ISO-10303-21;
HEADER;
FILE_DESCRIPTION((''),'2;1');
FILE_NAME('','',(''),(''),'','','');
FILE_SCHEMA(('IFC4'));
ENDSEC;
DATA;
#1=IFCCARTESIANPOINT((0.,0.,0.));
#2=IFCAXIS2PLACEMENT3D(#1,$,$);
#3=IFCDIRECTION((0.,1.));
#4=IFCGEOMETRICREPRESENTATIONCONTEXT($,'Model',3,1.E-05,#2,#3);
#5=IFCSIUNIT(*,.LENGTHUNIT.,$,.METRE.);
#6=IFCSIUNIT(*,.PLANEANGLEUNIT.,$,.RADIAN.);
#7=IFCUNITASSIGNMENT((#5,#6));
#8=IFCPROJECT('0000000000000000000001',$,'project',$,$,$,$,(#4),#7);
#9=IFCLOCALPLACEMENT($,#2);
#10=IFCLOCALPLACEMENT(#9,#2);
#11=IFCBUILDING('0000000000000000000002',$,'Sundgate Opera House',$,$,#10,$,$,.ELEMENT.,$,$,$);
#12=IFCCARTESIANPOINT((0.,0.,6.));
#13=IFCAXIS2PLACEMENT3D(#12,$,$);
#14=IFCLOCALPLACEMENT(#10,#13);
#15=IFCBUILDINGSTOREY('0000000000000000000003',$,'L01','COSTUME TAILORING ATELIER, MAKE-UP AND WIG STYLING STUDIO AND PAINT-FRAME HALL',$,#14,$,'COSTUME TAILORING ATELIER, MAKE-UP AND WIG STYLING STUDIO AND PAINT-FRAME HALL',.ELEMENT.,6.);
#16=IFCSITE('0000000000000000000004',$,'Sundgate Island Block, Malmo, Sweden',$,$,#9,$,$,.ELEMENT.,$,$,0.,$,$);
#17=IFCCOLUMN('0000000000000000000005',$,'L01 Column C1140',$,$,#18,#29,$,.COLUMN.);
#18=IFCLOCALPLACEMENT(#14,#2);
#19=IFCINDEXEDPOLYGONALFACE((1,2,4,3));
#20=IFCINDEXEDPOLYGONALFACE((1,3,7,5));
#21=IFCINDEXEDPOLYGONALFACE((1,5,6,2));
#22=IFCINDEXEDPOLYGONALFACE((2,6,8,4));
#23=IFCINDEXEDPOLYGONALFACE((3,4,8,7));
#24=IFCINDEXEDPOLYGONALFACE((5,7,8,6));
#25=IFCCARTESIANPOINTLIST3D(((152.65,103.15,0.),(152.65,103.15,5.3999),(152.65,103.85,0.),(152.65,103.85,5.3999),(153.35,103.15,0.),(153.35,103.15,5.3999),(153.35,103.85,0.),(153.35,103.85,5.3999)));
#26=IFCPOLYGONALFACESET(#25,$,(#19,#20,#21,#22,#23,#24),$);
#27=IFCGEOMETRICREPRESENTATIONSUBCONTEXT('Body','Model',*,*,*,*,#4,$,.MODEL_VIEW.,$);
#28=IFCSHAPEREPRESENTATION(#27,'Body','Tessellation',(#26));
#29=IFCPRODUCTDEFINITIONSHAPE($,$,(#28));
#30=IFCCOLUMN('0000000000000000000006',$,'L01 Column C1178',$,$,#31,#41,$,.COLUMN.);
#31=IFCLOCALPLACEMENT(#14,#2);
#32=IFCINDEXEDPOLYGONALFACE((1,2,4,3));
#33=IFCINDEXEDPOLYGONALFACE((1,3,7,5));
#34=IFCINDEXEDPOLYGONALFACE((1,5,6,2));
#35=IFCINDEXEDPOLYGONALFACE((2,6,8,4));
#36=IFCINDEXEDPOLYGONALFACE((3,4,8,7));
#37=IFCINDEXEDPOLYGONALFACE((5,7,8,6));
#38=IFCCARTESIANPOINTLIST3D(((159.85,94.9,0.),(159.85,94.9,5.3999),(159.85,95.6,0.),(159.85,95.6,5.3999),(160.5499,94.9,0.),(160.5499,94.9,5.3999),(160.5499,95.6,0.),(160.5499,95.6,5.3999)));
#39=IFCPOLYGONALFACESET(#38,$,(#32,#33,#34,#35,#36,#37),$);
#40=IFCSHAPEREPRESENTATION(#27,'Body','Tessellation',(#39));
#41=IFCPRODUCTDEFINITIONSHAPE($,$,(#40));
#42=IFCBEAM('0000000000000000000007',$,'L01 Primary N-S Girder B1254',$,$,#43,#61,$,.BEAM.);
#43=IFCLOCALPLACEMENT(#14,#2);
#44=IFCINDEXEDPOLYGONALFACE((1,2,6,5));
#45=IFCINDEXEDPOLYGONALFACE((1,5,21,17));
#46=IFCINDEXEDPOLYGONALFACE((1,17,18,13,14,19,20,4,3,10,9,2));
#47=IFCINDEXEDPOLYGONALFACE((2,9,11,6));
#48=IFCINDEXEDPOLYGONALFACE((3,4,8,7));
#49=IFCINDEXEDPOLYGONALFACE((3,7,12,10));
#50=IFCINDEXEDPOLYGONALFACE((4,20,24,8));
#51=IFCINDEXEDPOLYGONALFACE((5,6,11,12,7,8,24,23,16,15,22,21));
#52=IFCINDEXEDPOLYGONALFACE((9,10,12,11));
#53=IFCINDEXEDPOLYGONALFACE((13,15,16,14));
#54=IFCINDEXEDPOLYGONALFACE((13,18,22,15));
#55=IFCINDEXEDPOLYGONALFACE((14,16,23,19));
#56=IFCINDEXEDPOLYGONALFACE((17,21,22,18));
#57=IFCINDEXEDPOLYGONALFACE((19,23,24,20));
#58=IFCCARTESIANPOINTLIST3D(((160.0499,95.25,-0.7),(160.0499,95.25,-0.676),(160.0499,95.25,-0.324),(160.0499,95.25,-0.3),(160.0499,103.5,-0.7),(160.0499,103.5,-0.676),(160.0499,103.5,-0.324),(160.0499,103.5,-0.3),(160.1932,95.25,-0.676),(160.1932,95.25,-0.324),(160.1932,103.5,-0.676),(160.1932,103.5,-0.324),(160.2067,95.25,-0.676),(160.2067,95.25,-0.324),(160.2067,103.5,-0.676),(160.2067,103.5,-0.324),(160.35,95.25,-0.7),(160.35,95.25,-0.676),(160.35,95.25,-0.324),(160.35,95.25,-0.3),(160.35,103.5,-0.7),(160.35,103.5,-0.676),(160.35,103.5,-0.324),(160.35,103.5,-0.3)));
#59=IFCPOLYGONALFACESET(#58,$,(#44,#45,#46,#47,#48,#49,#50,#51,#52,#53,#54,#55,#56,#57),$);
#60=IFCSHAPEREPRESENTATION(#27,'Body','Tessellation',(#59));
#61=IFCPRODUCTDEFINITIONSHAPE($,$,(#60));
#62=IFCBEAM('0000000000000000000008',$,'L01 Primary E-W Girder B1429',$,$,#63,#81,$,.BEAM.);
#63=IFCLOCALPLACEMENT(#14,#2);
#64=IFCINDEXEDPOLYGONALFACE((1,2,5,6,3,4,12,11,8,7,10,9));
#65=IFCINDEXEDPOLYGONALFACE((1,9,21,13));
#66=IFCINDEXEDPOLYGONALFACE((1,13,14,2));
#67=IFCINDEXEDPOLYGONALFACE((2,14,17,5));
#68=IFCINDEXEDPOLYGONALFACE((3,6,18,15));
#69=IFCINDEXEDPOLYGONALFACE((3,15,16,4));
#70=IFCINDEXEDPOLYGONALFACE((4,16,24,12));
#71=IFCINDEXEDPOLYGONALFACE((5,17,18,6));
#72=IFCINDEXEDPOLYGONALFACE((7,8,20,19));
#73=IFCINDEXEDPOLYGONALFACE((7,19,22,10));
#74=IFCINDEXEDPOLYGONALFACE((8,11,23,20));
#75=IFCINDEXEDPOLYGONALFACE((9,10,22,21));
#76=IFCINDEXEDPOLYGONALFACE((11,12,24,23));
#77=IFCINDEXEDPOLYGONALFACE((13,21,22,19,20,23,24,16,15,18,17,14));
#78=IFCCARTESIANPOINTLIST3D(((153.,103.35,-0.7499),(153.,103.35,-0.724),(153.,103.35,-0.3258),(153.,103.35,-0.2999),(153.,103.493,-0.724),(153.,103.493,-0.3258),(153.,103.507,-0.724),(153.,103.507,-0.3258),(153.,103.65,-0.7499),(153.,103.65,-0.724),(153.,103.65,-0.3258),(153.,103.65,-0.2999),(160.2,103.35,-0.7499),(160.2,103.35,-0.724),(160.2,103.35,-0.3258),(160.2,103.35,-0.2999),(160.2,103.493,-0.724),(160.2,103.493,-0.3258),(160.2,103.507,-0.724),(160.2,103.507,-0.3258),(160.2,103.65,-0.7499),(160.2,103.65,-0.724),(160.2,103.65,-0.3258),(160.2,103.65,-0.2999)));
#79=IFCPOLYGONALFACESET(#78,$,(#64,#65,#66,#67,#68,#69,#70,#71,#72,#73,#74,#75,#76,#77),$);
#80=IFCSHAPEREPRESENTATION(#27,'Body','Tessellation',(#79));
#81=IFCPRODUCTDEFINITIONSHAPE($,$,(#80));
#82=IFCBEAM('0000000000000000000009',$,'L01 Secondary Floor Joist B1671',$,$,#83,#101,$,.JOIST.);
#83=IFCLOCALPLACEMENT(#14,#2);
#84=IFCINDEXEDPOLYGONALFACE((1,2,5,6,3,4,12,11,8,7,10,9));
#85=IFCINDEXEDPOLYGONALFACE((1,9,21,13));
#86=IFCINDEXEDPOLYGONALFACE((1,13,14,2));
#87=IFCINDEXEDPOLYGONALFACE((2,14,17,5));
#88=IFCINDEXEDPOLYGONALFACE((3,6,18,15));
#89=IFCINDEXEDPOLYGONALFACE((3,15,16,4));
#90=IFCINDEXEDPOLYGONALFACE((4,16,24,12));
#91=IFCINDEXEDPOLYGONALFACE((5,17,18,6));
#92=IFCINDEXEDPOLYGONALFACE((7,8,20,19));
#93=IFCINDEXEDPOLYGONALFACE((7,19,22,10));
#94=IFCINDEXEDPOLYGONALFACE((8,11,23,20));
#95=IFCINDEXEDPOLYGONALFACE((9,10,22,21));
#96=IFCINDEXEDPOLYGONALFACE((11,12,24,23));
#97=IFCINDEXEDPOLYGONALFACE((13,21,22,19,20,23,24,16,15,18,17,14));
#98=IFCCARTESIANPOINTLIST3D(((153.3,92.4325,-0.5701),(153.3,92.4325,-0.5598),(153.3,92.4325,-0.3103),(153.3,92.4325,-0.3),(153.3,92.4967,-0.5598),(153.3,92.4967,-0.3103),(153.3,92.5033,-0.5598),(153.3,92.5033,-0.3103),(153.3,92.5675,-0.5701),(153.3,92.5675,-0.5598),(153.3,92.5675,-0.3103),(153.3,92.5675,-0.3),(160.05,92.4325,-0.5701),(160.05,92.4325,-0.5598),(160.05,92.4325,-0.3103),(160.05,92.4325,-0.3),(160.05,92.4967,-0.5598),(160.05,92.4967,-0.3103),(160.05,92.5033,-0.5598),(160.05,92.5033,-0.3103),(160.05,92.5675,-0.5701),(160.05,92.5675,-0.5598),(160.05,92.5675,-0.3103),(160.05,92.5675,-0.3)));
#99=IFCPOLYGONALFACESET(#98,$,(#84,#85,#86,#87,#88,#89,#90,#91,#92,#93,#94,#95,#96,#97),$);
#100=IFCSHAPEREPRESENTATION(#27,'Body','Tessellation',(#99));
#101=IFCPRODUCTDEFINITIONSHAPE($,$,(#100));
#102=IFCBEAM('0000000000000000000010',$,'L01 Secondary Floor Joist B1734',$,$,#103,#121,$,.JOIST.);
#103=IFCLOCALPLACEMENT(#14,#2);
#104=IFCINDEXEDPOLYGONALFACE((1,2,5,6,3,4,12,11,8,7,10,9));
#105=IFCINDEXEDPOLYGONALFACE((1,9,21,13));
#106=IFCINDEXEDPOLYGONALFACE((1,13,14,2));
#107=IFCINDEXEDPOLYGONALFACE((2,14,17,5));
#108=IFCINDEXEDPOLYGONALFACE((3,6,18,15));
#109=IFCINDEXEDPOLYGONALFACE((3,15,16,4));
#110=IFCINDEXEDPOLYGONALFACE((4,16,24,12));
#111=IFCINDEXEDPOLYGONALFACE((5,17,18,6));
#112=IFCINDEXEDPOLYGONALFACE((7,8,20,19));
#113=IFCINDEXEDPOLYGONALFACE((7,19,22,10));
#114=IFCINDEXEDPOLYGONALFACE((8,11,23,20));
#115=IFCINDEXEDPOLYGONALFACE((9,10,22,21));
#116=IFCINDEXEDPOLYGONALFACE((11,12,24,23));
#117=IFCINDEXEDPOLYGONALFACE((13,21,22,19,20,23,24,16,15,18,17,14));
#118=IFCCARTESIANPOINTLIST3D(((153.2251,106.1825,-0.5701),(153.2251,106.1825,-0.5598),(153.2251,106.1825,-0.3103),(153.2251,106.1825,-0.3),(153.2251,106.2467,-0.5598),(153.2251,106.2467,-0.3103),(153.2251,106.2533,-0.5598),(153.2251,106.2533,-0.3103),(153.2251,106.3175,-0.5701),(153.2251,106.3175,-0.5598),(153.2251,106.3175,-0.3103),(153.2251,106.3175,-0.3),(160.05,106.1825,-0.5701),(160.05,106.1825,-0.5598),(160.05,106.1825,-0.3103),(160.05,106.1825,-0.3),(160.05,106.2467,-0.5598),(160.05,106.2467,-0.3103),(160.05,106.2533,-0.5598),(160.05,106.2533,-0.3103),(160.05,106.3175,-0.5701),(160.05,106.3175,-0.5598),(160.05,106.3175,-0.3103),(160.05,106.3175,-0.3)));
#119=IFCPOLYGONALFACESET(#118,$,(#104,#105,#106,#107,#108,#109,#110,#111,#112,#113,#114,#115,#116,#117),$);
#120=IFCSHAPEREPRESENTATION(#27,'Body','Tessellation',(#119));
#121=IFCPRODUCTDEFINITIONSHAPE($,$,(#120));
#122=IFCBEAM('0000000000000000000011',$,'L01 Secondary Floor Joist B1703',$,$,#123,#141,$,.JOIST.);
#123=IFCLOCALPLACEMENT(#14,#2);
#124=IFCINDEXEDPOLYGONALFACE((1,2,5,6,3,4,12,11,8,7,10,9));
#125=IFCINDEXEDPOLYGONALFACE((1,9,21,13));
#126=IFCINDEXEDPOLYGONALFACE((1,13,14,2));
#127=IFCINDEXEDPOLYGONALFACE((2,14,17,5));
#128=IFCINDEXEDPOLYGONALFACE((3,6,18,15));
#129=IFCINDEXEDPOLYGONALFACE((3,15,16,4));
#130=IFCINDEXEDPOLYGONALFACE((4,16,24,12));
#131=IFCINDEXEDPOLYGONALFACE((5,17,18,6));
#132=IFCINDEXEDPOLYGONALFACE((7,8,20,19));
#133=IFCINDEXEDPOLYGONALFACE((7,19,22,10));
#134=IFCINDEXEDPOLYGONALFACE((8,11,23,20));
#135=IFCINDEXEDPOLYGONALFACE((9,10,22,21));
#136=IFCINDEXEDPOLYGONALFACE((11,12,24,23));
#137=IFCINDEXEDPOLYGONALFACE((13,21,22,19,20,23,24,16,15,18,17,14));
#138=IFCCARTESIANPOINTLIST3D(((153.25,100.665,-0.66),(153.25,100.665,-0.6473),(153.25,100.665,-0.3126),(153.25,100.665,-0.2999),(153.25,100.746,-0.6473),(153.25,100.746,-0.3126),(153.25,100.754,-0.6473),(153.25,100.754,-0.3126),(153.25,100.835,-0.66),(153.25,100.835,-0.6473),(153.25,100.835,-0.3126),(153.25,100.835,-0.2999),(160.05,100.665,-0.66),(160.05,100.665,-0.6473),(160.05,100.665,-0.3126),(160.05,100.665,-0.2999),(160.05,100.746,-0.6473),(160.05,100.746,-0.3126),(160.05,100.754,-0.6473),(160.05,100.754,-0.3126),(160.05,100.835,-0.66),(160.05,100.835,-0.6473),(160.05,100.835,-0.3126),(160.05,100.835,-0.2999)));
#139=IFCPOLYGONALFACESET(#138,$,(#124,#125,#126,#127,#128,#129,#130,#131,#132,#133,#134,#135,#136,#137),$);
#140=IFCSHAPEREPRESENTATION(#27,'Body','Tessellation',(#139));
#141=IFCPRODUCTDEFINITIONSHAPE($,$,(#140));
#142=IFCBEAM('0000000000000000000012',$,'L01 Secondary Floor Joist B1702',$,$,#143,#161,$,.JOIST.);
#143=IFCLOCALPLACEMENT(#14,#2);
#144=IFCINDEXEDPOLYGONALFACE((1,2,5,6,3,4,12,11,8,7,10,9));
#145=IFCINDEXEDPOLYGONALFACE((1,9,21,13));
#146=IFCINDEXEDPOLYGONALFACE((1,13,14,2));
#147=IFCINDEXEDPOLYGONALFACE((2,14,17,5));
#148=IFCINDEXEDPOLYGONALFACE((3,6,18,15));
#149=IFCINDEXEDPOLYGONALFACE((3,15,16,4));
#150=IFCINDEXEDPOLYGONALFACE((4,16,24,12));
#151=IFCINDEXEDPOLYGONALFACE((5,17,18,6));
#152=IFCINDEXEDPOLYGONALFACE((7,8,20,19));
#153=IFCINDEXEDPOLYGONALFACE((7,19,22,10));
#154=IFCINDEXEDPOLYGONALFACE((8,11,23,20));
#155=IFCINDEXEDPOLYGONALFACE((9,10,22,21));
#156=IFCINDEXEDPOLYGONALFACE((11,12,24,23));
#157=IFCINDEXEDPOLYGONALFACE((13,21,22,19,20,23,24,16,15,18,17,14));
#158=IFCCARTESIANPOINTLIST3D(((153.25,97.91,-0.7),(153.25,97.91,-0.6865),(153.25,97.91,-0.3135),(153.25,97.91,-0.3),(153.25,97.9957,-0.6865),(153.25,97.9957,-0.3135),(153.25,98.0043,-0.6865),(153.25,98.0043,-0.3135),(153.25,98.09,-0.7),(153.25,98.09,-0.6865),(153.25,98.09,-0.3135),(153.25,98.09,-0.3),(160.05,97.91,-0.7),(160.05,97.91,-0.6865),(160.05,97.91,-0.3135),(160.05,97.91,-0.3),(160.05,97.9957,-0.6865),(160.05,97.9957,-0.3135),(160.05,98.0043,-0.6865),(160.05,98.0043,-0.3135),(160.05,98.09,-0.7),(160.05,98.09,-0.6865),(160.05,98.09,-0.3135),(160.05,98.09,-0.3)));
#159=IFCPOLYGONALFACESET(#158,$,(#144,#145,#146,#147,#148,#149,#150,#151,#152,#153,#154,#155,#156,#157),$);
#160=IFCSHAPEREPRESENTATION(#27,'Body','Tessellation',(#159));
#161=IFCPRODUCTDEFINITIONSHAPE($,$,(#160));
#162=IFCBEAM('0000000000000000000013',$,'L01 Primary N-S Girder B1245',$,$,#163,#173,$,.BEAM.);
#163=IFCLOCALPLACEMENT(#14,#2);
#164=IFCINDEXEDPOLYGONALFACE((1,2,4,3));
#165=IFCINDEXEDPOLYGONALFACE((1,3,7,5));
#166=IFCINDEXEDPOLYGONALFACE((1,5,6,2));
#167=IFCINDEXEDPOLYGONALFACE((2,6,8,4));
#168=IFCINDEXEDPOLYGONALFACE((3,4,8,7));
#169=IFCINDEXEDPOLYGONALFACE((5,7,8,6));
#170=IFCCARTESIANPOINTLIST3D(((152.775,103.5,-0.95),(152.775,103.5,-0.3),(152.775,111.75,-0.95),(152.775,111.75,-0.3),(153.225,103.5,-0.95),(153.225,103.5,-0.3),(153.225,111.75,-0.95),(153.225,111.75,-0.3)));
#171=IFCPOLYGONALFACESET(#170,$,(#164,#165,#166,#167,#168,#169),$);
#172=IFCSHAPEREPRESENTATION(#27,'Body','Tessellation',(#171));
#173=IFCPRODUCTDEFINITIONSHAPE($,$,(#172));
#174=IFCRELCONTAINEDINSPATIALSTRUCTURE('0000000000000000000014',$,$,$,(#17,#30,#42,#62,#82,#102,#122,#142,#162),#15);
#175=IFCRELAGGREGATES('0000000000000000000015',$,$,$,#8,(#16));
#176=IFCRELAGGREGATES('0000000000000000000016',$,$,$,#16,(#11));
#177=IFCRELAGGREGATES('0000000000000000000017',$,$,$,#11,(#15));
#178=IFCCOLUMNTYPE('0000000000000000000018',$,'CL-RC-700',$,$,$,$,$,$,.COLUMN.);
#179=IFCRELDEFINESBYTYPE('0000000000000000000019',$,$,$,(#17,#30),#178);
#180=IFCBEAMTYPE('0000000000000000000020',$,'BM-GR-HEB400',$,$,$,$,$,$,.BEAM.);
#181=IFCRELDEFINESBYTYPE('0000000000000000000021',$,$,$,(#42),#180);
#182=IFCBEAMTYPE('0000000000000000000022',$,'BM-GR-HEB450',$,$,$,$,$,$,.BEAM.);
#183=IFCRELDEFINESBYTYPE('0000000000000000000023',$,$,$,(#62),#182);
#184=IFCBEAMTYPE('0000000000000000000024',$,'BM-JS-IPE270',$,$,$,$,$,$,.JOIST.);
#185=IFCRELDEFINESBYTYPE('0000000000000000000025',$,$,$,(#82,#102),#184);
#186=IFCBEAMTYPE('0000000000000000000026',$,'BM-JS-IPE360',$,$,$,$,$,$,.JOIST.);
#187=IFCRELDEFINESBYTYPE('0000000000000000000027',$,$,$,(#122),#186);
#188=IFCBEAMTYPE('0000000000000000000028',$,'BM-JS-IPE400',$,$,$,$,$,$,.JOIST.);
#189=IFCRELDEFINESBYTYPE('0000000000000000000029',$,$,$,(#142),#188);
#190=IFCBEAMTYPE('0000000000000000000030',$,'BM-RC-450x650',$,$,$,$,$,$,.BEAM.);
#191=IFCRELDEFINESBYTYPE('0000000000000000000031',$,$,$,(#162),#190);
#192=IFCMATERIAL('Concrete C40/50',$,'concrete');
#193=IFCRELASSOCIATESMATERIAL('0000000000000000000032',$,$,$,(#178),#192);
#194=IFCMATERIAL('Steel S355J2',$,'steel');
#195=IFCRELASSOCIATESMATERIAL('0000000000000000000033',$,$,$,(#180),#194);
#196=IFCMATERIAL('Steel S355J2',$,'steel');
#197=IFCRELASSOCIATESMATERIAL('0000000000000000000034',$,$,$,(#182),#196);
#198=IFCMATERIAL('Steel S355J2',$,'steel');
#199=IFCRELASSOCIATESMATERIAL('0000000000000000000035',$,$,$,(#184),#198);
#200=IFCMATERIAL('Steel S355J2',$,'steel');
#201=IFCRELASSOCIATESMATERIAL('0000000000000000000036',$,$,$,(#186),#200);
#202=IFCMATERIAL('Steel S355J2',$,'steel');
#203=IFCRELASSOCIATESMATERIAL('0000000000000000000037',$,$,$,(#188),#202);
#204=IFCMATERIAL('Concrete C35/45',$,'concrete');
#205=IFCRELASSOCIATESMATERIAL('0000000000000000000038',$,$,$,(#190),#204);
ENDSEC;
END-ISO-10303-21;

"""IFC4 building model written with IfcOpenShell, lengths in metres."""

from ifc_helpers import new_model, si_unit, direction, frame, origin, origin_2d, place, context, subcontext, project, spatial, rectangle, i_section, extrude, material, material_profile, profile_set, type_object, element, save


model = new_model("IFC4")

# Units and contexts
model_context = context("Model", 3, precision=1e-05, world=origin(), true_north=direction((0.0, 1.0)))
body_context = subcontext(model_context, "Body", "Model", "MODEL_VIEW")
ifc_project = project(units=[si_unit("LENGTHUNIT", "METRE"), si_unit("PLANEANGLEUNIT", "RADIAN")], contexts=[model_context])

# Site, building, storey
site_placement = place(None, origin())
site = spatial("IfcSite", under=ifc_project, at=site_placement, Name="Sundgate Island Block, Malmo, Sweden", CompositionType="ELEMENT", RefElevation=0.0)
building_placement = place(site_placement, origin())
building = spatial("IfcBuilding", under=site, at=building_placement, Name="Sundgate Opera House", CompositionType="ELEMENT")
storey_placement = place(building_placement, frame((0.0, 0.0, 6.0)))
storey = spatial("IfcBuildingStorey", under=building, at=storey_placement, Name="L01", Description="COSTUME TAILORING ATELIER, MAKE-UP AND WIG STYLING STUDIO AND PAINT-FRAME HALL", LongName="COSTUME TAILORING ATELIER, MAKE-UP AND WIG STYLING STUDIO AND PAINT-FRAME HALL", CompositionType="ELEMENT", Elevation=6.0)

# Columns
ifc_material_1 = material(Name="Concrete C40/50", Category="concrete")
ifc_material_profile_1 = material_profile(ifc_material_1, rectangle(XDim=0.7, YDim=0.7, at=origin_2d()), Name="RC 700x700")
ifc_profile_set_1 = profile_set([ifc_material_profile_1], Name="Concrete C40/50")
column_type = type_object("IfcColumnType", Name="CL-RC-700", PredefinedType="COLUMN", material=ifc_profile_set_1)
for number, where, z_axis, x_axis, name in (
    (1, (153.0, 103.5, 0.0), (0.0, 0.0, 1.0), (1.0, 0.0, 0.0), "L01 Column C1140"),
    (2, (160.2, 95.25, 0.0), (0.0, 0.0, 1.0), (1.0, 0.0, 0.0), "L01 Column C1178"),
):
    element("IfcColumn", number, at=place(storey_placement, frame(where, z_axis=z_axis, x_axis=x_axis)), inside=storey, type_object=column_type, Name=name, PredefinedType="COLUMN", context=body_context, shape_type="SweptSolid", body=[
        extrude(rectangle(XDim=0.7, YDim=0.7, at=origin_2d()), origin(), (0.0, 0.0, 1.0), 5.3999),
    ])

# Beams
ifc_material_2 = material(Name="Steel S355J2", Category="steel")
ifc_material_profile_2 = material_profile(ifc_material_2, i_section(OverallWidth=0.3, OverallDepth=0.3999, WebThickness=0.0134, FlangeThickness=0.0239, at=origin_2d()), Name="HEB 400")
ifc_profile_set_2 = profile_set([ifc_material_profile_2], Name="Steel S355J2")
beam_type_1 = type_object("IfcBeamType", Name="BM-GR-HEB400", PredefinedType="BEAM", material=ifc_profile_set_2)
beam_1_placement = place(storey_placement, frame((160.2, 95.25, -0.5), z_axis=(0.0, 1.0, 0.0), x_axis=(-1.0, 0.0, 0.0)))
element("IfcBeam", 3, at=beam_1_placement, inside=storey, type_object=beam_type_1, Name="L01 Primary N-S Girder B1254", PredefinedType="BEAM", context=body_context, shape_type="SweptSolid", body=[
    extrude(i_section(OverallWidth=0.3, OverallDepth=0.3999, WebThickness=0.0134, FlangeThickness=0.0239, at=origin_2d()), origin(), (0.0, 0.0, 1.0), 8.25),
])
ifc_material_3 = material(Name="Steel S355J2", Category="steel")
ifc_material_profile_3 = material_profile(ifc_material_3, i_section(OverallWidth=0.3, OverallDepth=0.45, WebThickness=0.0139, FlangeThickness=0.0259, at=origin_2d()), Name="HEB 450")
ifc_profile_set_3 = profile_set([ifc_material_profile_3], Name="Steel S355J2")
beam_type_2 = type_object("IfcBeamType", Name="BM-GR-HEB450", PredefinedType="BEAM", material=ifc_profile_set_3)
beam_2_placement = place(storey_placement, frame((153.0, 103.5, -0.5249), z_axis=(1.0, 0.0, 0.0), x_axis=(0.0, 1.0, 0.0)))
element("IfcBeam", 4, at=beam_2_placement, inside=storey, type_object=beam_type_2, Name="L01 Primary E-W Girder B1429", PredefinedType="BEAM", context=body_context, shape_type="SweptSolid", body=[
    extrude(i_section(OverallWidth=0.3, OverallDepth=0.45, WebThickness=0.0139, FlangeThickness=0.0259, at=origin_2d()), origin(), (0.0, 0.0, 1.0), 7.2),
])
ifc_material_4 = material(Name="Steel S355J2", Category="steel")
ifc_material_profile_4 = material_profile(ifc_material_4, i_section(OverallWidth=0.135, OverallDepth=0.27, WebThickness=0.0066, FlangeThickness=0.0103, at=origin_2d()), Name="IPE 270")
ifc_profile_set_4 = profile_set([ifc_material_profile_4], Name="Steel S355J2")
beam_type_3 = type_object("IfcBeamType", Name="BM-JS-IPE270", PredefinedType="JOIST", material=ifc_profile_set_4)
beam_3_placement = place(storey_placement, frame((153.3, 92.5, -0.4351), z_axis=(1.0, 0.0, 0.0), x_axis=(0.0, 1.0, 0.0)))
element("IfcBeam", 5, at=beam_3_placement, inside=storey, type_object=beam_type_3, Name="L01 Secondary Floor Joist B1671", PredefinedType="JOIST", context=body_context, shape_type="SweptSolid", body=[
    extrude(i_section(OverallWidth=0.135, OverallDepth=0.27, WebThickness=0.0066, FlangeThickness=0.0103, at=origin_2d()), origin(), (0.0, 0.0, 1.0), 6.75),
])
beam_4_placement = place(storey_placement, frame((153.2251, 106.25, -0.4351), z_axis=(1.0, 0.0, 0.0), x_axis=(0.0, 1.0, 0.0)))
element("IfcBeam", 6, at=beam_4_placement, inside=storey, type_object=beam_type_3, Name="L01 Secondary Floor Joist B1734", PredefinedType="JOIST", context=body_context, shape_type="SweptSolid", body=[
    extrude(i_section(OverallWidth=0.135, OverallDepth=0.27, WebThickness=0.0066, FlangeThickness=0.0103, at=origin_2d()), origin(), (0.0, 0.0, 1.0), 6.825),
])
ifc_material_5 = material(Name="Steel S355J2", Category="steel")
ifc_material_profile_5 = material_profile(ifc_material_5, i_section(OverallWidth=0.1699, OverallDepth=0.3601, WebThickness=0.0081, FlangeThickness=0.0127, at=origin_2d()), Name="IPE 360")
ifc_profile_set_5 = profile_set([ifc_material_profile_5], Name="Steel S355J2")
beam_type_4 = type_object("IfcBeamType", Name="BM-JS-IPE360", PredefinedType="JOIST", material=ifc_profile_set_5)
beam_5_placement = place(storey_placement, frame((153.25, 100.75, -0.48), z_axis=(1.0, 0.0, 0.0), x_axis=(0.0, 1.0, 0.0)))
element("IfcBeam", 7, at=beam_5_placement, inside=storey, type_object=beam_type_4, Name="L01 Secondary Floor Joist B1703", PredefinedType="JOIST", context=body_context, shape_type="SweptSolid", body=[
    extrude(i_section(OverallWidth=0.1699, OverallDepth=0.3601, WebThickness=0.0081, FlangeThickness=0.0127, at=origin_2d()), origin(), (0.0, 0.0, 1.0), 6.8),
])
ifc_material_6 = material(Name="Steel S355J2", Category="steel")
ifc_material_profile_6 = material_profile(ifc_material_6, i_section(OverallWidth=0.1799, OverallDepth=0.3999, WebThickness=0.0085, FlangeThickness=0.0134, at=origin_2d()), Name="IPE 400")
ifc_profile_set_6 = profile_set([ifc_material_profile_6], Name="Steel S355J2")
beam_type_5 = type_object("IfcBeamType", Name="BM-JS-IPE400", PredefinedType="JOIST", material=ifc_profile_set_6)
beam_6_placement = place(storey_placement, frame((153.25, 98.0, -0.5), z_axis=(1.0, 0.0, 0.0), x_axis=(0.0, 1.0, 0.0)))
element("IfcBeam", 8, at=beam_6_placement, inside=storey, type_object=beam_type_5, Name="L01 Secondary Floor Joist B1702", PredefinedType="JOIST", context=body_context, shape_type="SweptSolid", body=[
    extrude(i_section(OverallWidth=0.1799, OverallDepth=0.3999, WebThickness=0.0085, FlangeThickness=0.0134, at=origin_2d()), origin(), (0.0, 0.0, 1.0), 6.8),
])
ifc_material_7 = material(Name="Concrete C35/45", Category="concrete")
ifc_material_profile_7 = material_profile(ifc_material_7, rectangle(XDim=0.45, YDim=0.6499, at=origin_2d()), Name="RC 450x650")
ifc_profile_set_7 = profile_set([ifc_material_profile_7], Name="Concrete C35/45")
beam_type_6 = type_object("IfcBeamType", Name="BM-RC-450x650", PredefinedType="BEAM", material=ifc_profile_set_7)
beam_7_placement = place(storey_placement, frame((153.0, 103.5, -0.625), z_axis=(0.0, 1.0, 0.0), x_axis=(-1.0, 0.0, 0.0)))
element("IfcBeam", 9, at=beam_7_placement, inside=storey, type_object=beam_type_6, Name="L01 Primary N-S Girder B1245", PredefinedType="BEAM", context=body_context, shape_type="SweptSolid", body=[
    extrude(rectangle(XDim=0.45, YDim=0.6499, at=origin_2d()), origin(), (0.0, 0.0, 1.0), 8.25),
])

save(model, "model.ifc")
